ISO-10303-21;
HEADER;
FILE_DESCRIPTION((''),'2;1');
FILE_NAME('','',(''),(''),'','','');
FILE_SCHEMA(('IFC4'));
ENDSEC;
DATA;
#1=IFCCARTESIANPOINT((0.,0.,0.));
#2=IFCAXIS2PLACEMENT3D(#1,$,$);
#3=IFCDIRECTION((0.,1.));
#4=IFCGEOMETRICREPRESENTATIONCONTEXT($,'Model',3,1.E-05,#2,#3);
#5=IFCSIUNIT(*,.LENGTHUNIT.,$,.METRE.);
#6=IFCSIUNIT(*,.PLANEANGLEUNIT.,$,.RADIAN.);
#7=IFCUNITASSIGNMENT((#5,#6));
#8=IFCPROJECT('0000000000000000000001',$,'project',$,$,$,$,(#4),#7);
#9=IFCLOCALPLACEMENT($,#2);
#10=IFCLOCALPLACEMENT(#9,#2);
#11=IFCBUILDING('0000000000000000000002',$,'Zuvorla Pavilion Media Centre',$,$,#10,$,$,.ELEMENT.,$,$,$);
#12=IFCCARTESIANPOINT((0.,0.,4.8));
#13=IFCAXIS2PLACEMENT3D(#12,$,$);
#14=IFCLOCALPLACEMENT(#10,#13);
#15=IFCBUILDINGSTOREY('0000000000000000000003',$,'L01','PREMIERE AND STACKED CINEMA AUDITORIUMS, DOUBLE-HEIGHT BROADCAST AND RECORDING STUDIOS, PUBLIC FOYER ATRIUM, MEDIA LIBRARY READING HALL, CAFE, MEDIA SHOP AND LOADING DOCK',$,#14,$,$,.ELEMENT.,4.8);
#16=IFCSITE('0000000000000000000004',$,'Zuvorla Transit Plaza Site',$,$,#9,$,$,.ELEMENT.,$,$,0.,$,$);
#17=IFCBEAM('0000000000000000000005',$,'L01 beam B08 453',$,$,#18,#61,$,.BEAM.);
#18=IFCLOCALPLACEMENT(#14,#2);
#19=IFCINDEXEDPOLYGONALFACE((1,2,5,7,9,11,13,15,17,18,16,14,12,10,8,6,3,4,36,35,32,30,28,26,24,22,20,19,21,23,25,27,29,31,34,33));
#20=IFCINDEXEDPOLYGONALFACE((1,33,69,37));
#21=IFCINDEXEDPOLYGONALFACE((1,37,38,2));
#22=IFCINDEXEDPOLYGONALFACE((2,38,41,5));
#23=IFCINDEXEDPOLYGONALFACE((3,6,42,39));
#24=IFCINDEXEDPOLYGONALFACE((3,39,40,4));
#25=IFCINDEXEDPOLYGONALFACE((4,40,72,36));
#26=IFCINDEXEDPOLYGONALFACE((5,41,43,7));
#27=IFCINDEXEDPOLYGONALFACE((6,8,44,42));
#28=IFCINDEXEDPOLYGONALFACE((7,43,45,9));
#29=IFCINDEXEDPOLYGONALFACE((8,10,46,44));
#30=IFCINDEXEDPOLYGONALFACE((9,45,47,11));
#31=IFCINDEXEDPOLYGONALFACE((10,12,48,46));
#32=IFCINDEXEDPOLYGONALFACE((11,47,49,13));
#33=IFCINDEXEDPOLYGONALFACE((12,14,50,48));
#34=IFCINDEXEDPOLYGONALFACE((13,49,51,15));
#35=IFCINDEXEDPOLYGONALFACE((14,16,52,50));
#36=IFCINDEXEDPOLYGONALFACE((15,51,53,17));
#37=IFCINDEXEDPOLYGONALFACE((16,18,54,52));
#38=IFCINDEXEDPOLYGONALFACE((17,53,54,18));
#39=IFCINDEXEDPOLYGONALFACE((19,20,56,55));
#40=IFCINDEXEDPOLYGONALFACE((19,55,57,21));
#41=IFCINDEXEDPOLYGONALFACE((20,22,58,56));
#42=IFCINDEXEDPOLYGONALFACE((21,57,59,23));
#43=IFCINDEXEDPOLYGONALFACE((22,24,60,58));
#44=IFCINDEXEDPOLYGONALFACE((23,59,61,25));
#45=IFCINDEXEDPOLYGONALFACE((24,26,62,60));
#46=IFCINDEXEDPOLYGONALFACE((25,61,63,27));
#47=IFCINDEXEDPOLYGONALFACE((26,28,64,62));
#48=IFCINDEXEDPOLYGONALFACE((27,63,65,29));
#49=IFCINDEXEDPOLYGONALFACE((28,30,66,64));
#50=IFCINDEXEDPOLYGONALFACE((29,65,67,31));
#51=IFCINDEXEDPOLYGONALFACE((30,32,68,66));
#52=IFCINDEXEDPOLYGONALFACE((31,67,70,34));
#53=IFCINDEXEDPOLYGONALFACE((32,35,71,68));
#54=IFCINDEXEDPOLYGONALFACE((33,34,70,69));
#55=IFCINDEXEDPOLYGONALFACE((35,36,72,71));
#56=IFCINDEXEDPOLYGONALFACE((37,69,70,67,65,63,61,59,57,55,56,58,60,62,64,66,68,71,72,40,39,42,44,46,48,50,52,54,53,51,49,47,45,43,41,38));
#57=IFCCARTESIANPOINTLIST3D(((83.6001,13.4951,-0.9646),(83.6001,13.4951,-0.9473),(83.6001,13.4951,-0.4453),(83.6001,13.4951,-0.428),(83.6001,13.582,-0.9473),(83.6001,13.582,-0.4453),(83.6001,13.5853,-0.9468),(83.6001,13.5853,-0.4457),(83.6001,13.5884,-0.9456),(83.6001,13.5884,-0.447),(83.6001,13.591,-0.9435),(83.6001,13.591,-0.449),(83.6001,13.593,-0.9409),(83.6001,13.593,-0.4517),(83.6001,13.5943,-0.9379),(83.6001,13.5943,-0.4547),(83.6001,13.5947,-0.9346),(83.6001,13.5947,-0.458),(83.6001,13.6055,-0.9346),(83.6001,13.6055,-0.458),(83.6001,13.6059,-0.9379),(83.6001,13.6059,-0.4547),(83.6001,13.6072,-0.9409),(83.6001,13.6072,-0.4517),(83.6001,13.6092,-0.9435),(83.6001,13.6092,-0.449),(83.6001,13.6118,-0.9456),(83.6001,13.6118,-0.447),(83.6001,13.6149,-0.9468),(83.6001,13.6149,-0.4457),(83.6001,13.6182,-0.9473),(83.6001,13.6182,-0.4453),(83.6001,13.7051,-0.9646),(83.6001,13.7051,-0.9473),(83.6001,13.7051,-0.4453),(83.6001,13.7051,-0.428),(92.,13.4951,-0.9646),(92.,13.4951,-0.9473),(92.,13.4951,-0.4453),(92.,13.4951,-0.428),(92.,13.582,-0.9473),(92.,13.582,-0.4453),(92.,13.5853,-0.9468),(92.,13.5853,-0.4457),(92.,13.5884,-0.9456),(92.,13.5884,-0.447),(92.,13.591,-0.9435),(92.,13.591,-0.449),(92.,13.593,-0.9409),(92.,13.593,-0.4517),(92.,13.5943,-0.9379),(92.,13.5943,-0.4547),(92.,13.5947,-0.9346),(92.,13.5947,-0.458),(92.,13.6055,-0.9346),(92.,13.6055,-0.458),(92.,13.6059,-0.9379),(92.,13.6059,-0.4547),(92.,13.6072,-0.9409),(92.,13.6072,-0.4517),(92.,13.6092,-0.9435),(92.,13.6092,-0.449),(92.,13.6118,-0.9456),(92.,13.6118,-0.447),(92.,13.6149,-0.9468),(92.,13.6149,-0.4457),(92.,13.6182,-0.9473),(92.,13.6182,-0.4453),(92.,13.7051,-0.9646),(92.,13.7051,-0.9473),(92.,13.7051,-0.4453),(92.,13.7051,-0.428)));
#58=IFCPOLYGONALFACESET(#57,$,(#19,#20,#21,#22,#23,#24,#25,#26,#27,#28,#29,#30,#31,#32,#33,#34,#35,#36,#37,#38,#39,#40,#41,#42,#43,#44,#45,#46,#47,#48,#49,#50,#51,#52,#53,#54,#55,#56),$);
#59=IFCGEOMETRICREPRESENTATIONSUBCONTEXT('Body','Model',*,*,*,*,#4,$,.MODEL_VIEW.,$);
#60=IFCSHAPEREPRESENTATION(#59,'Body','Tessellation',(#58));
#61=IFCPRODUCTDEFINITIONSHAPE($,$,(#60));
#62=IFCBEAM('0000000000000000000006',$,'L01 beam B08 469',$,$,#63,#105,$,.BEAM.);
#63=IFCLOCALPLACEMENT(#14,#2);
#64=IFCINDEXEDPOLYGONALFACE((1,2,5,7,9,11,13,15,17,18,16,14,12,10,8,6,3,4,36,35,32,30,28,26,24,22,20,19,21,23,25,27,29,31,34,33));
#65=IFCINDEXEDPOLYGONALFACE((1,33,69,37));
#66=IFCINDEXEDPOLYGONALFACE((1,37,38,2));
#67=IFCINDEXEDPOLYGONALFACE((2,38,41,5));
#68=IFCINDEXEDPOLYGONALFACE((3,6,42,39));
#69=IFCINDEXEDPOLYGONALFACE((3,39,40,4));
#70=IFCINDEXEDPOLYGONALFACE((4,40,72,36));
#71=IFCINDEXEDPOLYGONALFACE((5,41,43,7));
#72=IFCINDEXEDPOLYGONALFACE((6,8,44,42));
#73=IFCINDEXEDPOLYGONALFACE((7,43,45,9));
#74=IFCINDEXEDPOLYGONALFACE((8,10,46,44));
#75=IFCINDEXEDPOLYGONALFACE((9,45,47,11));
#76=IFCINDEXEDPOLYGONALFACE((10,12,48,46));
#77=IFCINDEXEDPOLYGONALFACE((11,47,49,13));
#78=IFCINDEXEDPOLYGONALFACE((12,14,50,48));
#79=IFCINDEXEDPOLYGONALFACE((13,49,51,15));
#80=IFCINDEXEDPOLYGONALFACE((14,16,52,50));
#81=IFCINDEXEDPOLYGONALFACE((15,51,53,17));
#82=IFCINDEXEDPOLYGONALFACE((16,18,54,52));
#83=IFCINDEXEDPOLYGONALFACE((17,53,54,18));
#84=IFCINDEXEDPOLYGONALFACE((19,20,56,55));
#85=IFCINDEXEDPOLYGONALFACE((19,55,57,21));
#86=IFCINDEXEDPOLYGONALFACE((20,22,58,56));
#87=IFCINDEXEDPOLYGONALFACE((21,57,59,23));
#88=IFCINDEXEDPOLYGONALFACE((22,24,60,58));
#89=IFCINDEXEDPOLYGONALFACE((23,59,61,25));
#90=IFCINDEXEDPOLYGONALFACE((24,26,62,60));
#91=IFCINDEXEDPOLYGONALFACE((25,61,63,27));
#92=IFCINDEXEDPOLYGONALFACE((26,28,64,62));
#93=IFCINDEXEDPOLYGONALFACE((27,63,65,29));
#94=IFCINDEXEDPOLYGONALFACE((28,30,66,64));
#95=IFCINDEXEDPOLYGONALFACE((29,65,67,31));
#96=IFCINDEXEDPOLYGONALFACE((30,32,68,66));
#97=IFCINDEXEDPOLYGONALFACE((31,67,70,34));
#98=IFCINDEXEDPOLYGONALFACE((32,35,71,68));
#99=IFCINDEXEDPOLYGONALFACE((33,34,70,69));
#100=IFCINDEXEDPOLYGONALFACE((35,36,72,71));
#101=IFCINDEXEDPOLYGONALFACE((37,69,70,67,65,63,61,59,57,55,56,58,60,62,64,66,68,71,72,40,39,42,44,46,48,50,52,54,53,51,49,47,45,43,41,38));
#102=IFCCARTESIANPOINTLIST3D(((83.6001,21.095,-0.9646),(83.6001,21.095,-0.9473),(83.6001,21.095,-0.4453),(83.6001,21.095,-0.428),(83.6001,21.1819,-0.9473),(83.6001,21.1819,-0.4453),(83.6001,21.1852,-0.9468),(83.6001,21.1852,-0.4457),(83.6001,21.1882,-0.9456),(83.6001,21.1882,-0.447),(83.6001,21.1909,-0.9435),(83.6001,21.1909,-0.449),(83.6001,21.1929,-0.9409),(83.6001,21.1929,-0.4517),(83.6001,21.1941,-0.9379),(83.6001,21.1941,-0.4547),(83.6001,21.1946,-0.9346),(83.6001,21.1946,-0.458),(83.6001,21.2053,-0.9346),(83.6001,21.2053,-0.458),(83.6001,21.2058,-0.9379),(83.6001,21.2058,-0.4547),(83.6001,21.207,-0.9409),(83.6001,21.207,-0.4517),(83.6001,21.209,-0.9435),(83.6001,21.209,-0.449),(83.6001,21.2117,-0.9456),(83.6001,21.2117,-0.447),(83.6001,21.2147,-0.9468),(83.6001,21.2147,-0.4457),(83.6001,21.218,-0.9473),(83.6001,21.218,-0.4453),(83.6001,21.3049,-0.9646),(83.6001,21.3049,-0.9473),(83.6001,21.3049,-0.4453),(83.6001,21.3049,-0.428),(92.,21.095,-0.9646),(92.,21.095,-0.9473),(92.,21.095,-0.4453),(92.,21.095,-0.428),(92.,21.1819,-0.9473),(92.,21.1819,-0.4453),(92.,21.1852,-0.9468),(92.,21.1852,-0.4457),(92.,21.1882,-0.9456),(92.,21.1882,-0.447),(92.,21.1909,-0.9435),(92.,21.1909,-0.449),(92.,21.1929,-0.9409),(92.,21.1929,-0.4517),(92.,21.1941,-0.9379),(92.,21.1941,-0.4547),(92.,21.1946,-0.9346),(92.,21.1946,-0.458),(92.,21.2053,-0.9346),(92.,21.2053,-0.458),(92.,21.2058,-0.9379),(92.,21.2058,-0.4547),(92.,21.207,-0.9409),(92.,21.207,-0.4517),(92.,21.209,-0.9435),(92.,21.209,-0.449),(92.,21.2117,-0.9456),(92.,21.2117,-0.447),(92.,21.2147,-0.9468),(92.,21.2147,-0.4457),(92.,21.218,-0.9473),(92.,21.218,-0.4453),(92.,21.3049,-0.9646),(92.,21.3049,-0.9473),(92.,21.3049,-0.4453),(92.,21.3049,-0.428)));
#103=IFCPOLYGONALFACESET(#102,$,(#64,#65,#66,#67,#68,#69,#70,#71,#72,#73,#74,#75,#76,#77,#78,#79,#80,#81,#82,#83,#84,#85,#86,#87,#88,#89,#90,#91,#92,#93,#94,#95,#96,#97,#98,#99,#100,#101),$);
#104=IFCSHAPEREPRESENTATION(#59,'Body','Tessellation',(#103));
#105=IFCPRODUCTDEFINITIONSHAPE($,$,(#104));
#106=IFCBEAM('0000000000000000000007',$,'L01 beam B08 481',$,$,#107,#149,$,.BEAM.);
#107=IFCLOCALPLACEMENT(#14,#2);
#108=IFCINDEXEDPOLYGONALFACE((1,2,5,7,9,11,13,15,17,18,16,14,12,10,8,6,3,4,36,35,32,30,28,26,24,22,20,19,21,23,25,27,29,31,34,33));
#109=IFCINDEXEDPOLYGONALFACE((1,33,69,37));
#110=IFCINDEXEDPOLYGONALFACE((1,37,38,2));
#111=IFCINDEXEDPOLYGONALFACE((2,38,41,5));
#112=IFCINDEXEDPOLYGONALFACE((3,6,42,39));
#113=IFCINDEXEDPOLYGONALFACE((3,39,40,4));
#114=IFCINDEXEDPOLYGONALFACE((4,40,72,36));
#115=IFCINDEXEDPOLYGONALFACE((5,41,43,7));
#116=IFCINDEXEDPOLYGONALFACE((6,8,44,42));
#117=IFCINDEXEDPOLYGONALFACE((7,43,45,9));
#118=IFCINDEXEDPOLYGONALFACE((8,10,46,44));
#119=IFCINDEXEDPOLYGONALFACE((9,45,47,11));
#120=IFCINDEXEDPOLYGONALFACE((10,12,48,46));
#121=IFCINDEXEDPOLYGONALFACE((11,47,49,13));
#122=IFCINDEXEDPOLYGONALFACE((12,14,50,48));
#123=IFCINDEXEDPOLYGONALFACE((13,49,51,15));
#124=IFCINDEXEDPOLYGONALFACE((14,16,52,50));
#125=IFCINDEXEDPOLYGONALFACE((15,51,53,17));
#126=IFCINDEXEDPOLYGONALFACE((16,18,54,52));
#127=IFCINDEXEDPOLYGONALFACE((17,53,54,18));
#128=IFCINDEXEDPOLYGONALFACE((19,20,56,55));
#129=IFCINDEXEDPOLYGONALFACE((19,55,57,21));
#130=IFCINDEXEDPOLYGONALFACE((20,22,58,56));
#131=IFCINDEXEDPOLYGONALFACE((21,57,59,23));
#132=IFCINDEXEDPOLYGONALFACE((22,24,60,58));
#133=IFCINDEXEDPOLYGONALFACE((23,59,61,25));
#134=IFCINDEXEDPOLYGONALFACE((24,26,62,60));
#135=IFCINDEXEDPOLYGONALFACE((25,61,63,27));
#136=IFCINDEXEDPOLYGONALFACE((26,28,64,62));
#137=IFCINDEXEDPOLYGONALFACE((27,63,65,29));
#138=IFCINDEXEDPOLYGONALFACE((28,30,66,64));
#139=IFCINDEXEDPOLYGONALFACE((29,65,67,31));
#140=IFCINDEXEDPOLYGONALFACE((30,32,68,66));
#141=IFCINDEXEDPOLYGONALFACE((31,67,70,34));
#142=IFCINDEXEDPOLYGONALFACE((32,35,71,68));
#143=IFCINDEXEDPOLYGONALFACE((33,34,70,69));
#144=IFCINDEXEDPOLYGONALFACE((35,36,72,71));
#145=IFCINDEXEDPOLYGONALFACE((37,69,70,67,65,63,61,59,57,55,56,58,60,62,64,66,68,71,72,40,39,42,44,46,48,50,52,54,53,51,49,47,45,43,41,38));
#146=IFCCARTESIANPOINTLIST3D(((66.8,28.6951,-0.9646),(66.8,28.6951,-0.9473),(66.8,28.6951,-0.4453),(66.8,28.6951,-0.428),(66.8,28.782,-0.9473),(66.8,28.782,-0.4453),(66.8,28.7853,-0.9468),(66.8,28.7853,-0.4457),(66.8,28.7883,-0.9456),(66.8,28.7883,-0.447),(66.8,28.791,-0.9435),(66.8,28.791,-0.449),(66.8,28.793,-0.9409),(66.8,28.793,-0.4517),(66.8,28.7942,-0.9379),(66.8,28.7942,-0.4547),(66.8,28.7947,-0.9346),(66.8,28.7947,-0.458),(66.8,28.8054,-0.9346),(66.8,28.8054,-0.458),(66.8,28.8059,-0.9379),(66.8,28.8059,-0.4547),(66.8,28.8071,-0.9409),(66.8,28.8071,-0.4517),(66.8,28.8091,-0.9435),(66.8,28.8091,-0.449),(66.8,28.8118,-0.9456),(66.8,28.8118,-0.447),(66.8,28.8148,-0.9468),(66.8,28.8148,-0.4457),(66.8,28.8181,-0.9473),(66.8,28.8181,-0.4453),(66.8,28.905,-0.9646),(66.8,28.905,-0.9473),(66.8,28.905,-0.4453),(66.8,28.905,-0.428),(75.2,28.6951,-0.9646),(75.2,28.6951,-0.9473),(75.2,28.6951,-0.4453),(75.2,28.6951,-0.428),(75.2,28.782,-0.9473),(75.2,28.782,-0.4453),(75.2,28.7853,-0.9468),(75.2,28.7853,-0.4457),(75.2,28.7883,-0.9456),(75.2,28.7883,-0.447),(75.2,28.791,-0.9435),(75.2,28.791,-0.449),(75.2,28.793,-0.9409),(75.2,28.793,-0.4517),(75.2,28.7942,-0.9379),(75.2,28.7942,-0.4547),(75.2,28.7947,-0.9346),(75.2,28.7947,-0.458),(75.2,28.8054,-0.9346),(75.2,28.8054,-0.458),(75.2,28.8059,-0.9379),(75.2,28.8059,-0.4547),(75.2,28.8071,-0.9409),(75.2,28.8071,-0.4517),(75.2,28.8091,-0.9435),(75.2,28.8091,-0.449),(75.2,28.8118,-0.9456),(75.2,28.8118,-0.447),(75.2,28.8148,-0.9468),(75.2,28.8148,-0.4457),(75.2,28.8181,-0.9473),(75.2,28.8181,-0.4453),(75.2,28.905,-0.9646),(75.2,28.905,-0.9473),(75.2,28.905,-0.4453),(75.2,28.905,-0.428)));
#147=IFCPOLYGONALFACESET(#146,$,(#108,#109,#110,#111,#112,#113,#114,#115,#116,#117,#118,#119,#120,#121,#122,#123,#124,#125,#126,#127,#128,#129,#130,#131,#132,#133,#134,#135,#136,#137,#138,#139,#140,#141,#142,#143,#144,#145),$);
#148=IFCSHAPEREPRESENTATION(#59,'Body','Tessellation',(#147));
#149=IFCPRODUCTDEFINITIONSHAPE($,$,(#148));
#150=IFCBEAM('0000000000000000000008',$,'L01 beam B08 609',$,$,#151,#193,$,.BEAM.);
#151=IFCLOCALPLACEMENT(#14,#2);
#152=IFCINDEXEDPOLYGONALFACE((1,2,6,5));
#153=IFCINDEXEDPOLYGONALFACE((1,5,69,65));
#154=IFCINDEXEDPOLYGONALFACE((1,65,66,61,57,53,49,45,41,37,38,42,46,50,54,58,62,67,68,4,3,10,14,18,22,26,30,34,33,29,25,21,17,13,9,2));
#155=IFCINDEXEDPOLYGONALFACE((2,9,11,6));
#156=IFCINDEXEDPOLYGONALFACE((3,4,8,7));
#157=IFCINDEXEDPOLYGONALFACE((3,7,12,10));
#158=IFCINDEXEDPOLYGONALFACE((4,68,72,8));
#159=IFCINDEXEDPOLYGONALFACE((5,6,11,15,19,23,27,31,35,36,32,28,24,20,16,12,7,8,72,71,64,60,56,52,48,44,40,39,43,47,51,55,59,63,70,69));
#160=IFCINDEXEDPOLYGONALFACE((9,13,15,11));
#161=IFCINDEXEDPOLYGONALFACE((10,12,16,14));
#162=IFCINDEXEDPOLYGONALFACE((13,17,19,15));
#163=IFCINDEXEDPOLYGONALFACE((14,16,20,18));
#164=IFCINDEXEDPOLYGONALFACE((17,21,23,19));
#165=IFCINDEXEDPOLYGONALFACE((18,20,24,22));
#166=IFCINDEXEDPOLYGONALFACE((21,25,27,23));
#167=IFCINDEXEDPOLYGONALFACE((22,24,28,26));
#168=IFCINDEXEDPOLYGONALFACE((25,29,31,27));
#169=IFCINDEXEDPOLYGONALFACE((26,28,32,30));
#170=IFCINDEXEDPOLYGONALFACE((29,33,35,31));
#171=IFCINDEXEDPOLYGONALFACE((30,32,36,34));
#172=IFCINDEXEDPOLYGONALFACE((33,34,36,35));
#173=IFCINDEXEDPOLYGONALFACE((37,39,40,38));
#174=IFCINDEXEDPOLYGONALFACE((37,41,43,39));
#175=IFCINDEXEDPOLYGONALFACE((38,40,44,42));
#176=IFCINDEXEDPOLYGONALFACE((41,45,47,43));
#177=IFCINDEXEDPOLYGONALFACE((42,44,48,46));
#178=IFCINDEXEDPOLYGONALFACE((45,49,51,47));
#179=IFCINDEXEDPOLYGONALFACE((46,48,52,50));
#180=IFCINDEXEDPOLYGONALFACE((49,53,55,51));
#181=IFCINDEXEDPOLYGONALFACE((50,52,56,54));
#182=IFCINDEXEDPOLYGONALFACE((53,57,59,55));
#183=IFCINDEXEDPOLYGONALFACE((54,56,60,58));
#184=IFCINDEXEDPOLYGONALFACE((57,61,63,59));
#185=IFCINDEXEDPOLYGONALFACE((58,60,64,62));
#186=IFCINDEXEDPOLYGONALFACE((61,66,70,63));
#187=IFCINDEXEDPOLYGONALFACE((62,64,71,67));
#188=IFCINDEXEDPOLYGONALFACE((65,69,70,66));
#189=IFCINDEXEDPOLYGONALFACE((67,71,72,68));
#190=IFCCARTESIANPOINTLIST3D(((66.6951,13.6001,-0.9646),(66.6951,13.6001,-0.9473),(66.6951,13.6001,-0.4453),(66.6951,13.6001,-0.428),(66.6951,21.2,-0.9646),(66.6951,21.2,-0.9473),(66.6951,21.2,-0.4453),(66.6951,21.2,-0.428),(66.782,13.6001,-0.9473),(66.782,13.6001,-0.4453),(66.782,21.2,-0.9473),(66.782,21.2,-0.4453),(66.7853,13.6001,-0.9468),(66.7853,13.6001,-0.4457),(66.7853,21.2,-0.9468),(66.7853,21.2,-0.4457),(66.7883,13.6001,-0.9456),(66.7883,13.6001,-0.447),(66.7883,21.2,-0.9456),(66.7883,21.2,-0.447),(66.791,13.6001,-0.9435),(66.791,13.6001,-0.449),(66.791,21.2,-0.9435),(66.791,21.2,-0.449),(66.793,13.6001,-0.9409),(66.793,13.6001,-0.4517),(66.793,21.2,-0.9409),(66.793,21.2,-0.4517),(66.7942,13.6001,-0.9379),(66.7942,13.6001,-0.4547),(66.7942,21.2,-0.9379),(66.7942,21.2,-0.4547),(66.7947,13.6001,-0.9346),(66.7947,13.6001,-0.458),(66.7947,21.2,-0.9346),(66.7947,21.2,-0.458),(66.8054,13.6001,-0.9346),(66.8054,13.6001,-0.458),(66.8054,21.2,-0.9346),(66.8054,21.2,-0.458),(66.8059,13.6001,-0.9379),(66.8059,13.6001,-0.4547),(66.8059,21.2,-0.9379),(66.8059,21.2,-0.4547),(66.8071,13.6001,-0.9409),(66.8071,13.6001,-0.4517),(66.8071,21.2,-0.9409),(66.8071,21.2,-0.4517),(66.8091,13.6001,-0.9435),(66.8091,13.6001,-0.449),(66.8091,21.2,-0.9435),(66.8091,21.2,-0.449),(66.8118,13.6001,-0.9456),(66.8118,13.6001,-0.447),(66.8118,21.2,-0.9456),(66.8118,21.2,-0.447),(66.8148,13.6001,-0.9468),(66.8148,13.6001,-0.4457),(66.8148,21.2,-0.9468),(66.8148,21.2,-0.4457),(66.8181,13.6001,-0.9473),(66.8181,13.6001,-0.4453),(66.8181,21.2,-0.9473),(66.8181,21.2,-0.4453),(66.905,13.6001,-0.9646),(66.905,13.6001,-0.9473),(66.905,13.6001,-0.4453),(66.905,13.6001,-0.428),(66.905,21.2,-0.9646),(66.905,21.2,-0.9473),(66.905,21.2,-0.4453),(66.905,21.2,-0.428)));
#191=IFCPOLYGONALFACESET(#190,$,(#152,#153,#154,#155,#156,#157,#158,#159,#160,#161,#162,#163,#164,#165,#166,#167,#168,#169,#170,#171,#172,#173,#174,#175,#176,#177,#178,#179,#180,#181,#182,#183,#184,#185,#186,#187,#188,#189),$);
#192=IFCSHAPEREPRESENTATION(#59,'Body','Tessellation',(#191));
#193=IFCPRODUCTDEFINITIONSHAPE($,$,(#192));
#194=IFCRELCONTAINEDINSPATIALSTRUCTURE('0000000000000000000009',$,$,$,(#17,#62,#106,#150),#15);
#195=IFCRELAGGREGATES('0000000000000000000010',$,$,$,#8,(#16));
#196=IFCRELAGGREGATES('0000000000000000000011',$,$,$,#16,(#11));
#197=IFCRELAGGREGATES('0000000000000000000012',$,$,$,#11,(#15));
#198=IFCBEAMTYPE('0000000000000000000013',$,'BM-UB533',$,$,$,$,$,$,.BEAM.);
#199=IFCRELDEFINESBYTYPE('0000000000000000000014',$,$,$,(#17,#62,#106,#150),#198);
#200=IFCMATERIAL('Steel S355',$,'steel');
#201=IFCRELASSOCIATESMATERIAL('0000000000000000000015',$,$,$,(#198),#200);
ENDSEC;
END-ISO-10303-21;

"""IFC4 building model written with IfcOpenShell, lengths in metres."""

from ifc_helpers import new_model, si_unit, direction, frame, origin, origin_2d, place, context, subcontext, project, spatial, i_section, extrude, material, material_profile, profile_set, type_object, element, save


model = new_model("IFC4")

# Units and contexts
model_context = context("Model", 3, precision=1e-05, world=origin(), true_north=direction((0.0, 1.0)))
body_context = subcontext(model_context, "Body", "Model", "MODEL_VIEW")
ifc_project = project(units=[si_unit("LENGTHUNIT", "METRE"), si_unit("PLANEANGLEUNIT", "RADIAN")], contexts=[model_context])

# Site, building, storey
site_placement = place(None, origin())
site = spatial("IfcSite", under=ifc_project, at=site_placement, Name="Zuvorla Transit Plaza Site", CompositionType="ELEMENT", RefElevation=0.0)
building_placement = place(site_placement, origin())
building = spatial("IfcBuilding", under=site, at=building_placement, Name="Zuvorla Pavilion Media Centre", CompositionType="ELEMENT")
storey_placement = place(building_placement, frame((0.0, 0.0, 4.8)))
storey = spatial("IfcBuildingStorey", under=building, at=storey_placement, Name="L01", Description="PREMIERE AND STACKED CINEMA AUDITORIUMS, DOUBLE-HEIGHT BROADCAST AND RECORDING STUDIOS, PUBLIC FOYER ATRIUM, MEDIA LIBRARY READING HALL, CAFE, MEDIA SHOP AND LOADING DOCK", CompositionType="ELEMENT", Elevation=4.8)

# Beams
ifc_material_1 = material(Name="Steel S355", Category="steel")
ifc_material_profile_1 = material_profile(ifc_material_1, i_section(OverallWidth=0.21, OverallDepth=0.5366, WebThickness=0.0107, FlangeThickness=0.0173, FilletRadius=0.0127, at=origin_2d()), Name="UB 533x210x101")
ifc_profile_set_1 = profile_set([ifc_material_profile_1], Name="Steel S355")
beam_type_1 = type_object("IfcBeamType", Name="BM-UB533", PredefinedType="BEAM", material=ifc_profile_set_1)
for number, where, z_axis, x_axis, name in (
    (1, (83.6001, 13.6001, -0.6963), (1.0, 0.0, 0.0), (0.0, 1.0, 0.0), "L01 beam B08 453"),
    (2, (83.6001, 21.2, -0.6963), (1.0, 0.0, 0.0), (0.0, 1.0, 0.0), "L01 beam B08 469"),
    (3, (66.8, 28.8, -0.6963), (1.0, 0.0, 0.0), (0.0, 1.0, 0.0), "L01 beam B08 481"),
):
    element("IfcBeam", number, at=place(storey_placement, frame(where, z_axis=z_axis, x_axis=x_axis)), inside=storey, type_object=beam_type_1, Name=name, PredefinedType="BEAM", context=body_context, shape_type="SweptSolid", body=[
        extrude(i_section(OverallWidth=0.21, OverallDepth=0.5366, WebThickness=0.0107, FlangeThickness=0.0173, FilletRadius=0.0127, at=origin_2d()), origin(), (0.0, 0.0, 1.0), 8.3999),
    ])
beam_1_placement = place(storey_placement, frame((66.8, 13.6001, -0.6963), z_axis=(0.0, 1.0, 0.0), x_axis=(-1.0, 0.0, 0.0)))
element("IfcBeam", 4, at=beam_1_placement, inside=storey, type_object=beam_type_1, Name="L01 beam B08 609", PredefinedType="BEAM", context=body_context, shape_type="SweptSolid", body=[
    extrude(i_section(OverallWidth=0.21, OverallDepth=0.5366, WebThickness=0.0107, FlangeThickness=0.0173, FilletRadius=0.0127, at=origin_2d()), origin(), (0.0, 0.0, 1.0), 7.5999),
])

save(model, "model.ifc")
